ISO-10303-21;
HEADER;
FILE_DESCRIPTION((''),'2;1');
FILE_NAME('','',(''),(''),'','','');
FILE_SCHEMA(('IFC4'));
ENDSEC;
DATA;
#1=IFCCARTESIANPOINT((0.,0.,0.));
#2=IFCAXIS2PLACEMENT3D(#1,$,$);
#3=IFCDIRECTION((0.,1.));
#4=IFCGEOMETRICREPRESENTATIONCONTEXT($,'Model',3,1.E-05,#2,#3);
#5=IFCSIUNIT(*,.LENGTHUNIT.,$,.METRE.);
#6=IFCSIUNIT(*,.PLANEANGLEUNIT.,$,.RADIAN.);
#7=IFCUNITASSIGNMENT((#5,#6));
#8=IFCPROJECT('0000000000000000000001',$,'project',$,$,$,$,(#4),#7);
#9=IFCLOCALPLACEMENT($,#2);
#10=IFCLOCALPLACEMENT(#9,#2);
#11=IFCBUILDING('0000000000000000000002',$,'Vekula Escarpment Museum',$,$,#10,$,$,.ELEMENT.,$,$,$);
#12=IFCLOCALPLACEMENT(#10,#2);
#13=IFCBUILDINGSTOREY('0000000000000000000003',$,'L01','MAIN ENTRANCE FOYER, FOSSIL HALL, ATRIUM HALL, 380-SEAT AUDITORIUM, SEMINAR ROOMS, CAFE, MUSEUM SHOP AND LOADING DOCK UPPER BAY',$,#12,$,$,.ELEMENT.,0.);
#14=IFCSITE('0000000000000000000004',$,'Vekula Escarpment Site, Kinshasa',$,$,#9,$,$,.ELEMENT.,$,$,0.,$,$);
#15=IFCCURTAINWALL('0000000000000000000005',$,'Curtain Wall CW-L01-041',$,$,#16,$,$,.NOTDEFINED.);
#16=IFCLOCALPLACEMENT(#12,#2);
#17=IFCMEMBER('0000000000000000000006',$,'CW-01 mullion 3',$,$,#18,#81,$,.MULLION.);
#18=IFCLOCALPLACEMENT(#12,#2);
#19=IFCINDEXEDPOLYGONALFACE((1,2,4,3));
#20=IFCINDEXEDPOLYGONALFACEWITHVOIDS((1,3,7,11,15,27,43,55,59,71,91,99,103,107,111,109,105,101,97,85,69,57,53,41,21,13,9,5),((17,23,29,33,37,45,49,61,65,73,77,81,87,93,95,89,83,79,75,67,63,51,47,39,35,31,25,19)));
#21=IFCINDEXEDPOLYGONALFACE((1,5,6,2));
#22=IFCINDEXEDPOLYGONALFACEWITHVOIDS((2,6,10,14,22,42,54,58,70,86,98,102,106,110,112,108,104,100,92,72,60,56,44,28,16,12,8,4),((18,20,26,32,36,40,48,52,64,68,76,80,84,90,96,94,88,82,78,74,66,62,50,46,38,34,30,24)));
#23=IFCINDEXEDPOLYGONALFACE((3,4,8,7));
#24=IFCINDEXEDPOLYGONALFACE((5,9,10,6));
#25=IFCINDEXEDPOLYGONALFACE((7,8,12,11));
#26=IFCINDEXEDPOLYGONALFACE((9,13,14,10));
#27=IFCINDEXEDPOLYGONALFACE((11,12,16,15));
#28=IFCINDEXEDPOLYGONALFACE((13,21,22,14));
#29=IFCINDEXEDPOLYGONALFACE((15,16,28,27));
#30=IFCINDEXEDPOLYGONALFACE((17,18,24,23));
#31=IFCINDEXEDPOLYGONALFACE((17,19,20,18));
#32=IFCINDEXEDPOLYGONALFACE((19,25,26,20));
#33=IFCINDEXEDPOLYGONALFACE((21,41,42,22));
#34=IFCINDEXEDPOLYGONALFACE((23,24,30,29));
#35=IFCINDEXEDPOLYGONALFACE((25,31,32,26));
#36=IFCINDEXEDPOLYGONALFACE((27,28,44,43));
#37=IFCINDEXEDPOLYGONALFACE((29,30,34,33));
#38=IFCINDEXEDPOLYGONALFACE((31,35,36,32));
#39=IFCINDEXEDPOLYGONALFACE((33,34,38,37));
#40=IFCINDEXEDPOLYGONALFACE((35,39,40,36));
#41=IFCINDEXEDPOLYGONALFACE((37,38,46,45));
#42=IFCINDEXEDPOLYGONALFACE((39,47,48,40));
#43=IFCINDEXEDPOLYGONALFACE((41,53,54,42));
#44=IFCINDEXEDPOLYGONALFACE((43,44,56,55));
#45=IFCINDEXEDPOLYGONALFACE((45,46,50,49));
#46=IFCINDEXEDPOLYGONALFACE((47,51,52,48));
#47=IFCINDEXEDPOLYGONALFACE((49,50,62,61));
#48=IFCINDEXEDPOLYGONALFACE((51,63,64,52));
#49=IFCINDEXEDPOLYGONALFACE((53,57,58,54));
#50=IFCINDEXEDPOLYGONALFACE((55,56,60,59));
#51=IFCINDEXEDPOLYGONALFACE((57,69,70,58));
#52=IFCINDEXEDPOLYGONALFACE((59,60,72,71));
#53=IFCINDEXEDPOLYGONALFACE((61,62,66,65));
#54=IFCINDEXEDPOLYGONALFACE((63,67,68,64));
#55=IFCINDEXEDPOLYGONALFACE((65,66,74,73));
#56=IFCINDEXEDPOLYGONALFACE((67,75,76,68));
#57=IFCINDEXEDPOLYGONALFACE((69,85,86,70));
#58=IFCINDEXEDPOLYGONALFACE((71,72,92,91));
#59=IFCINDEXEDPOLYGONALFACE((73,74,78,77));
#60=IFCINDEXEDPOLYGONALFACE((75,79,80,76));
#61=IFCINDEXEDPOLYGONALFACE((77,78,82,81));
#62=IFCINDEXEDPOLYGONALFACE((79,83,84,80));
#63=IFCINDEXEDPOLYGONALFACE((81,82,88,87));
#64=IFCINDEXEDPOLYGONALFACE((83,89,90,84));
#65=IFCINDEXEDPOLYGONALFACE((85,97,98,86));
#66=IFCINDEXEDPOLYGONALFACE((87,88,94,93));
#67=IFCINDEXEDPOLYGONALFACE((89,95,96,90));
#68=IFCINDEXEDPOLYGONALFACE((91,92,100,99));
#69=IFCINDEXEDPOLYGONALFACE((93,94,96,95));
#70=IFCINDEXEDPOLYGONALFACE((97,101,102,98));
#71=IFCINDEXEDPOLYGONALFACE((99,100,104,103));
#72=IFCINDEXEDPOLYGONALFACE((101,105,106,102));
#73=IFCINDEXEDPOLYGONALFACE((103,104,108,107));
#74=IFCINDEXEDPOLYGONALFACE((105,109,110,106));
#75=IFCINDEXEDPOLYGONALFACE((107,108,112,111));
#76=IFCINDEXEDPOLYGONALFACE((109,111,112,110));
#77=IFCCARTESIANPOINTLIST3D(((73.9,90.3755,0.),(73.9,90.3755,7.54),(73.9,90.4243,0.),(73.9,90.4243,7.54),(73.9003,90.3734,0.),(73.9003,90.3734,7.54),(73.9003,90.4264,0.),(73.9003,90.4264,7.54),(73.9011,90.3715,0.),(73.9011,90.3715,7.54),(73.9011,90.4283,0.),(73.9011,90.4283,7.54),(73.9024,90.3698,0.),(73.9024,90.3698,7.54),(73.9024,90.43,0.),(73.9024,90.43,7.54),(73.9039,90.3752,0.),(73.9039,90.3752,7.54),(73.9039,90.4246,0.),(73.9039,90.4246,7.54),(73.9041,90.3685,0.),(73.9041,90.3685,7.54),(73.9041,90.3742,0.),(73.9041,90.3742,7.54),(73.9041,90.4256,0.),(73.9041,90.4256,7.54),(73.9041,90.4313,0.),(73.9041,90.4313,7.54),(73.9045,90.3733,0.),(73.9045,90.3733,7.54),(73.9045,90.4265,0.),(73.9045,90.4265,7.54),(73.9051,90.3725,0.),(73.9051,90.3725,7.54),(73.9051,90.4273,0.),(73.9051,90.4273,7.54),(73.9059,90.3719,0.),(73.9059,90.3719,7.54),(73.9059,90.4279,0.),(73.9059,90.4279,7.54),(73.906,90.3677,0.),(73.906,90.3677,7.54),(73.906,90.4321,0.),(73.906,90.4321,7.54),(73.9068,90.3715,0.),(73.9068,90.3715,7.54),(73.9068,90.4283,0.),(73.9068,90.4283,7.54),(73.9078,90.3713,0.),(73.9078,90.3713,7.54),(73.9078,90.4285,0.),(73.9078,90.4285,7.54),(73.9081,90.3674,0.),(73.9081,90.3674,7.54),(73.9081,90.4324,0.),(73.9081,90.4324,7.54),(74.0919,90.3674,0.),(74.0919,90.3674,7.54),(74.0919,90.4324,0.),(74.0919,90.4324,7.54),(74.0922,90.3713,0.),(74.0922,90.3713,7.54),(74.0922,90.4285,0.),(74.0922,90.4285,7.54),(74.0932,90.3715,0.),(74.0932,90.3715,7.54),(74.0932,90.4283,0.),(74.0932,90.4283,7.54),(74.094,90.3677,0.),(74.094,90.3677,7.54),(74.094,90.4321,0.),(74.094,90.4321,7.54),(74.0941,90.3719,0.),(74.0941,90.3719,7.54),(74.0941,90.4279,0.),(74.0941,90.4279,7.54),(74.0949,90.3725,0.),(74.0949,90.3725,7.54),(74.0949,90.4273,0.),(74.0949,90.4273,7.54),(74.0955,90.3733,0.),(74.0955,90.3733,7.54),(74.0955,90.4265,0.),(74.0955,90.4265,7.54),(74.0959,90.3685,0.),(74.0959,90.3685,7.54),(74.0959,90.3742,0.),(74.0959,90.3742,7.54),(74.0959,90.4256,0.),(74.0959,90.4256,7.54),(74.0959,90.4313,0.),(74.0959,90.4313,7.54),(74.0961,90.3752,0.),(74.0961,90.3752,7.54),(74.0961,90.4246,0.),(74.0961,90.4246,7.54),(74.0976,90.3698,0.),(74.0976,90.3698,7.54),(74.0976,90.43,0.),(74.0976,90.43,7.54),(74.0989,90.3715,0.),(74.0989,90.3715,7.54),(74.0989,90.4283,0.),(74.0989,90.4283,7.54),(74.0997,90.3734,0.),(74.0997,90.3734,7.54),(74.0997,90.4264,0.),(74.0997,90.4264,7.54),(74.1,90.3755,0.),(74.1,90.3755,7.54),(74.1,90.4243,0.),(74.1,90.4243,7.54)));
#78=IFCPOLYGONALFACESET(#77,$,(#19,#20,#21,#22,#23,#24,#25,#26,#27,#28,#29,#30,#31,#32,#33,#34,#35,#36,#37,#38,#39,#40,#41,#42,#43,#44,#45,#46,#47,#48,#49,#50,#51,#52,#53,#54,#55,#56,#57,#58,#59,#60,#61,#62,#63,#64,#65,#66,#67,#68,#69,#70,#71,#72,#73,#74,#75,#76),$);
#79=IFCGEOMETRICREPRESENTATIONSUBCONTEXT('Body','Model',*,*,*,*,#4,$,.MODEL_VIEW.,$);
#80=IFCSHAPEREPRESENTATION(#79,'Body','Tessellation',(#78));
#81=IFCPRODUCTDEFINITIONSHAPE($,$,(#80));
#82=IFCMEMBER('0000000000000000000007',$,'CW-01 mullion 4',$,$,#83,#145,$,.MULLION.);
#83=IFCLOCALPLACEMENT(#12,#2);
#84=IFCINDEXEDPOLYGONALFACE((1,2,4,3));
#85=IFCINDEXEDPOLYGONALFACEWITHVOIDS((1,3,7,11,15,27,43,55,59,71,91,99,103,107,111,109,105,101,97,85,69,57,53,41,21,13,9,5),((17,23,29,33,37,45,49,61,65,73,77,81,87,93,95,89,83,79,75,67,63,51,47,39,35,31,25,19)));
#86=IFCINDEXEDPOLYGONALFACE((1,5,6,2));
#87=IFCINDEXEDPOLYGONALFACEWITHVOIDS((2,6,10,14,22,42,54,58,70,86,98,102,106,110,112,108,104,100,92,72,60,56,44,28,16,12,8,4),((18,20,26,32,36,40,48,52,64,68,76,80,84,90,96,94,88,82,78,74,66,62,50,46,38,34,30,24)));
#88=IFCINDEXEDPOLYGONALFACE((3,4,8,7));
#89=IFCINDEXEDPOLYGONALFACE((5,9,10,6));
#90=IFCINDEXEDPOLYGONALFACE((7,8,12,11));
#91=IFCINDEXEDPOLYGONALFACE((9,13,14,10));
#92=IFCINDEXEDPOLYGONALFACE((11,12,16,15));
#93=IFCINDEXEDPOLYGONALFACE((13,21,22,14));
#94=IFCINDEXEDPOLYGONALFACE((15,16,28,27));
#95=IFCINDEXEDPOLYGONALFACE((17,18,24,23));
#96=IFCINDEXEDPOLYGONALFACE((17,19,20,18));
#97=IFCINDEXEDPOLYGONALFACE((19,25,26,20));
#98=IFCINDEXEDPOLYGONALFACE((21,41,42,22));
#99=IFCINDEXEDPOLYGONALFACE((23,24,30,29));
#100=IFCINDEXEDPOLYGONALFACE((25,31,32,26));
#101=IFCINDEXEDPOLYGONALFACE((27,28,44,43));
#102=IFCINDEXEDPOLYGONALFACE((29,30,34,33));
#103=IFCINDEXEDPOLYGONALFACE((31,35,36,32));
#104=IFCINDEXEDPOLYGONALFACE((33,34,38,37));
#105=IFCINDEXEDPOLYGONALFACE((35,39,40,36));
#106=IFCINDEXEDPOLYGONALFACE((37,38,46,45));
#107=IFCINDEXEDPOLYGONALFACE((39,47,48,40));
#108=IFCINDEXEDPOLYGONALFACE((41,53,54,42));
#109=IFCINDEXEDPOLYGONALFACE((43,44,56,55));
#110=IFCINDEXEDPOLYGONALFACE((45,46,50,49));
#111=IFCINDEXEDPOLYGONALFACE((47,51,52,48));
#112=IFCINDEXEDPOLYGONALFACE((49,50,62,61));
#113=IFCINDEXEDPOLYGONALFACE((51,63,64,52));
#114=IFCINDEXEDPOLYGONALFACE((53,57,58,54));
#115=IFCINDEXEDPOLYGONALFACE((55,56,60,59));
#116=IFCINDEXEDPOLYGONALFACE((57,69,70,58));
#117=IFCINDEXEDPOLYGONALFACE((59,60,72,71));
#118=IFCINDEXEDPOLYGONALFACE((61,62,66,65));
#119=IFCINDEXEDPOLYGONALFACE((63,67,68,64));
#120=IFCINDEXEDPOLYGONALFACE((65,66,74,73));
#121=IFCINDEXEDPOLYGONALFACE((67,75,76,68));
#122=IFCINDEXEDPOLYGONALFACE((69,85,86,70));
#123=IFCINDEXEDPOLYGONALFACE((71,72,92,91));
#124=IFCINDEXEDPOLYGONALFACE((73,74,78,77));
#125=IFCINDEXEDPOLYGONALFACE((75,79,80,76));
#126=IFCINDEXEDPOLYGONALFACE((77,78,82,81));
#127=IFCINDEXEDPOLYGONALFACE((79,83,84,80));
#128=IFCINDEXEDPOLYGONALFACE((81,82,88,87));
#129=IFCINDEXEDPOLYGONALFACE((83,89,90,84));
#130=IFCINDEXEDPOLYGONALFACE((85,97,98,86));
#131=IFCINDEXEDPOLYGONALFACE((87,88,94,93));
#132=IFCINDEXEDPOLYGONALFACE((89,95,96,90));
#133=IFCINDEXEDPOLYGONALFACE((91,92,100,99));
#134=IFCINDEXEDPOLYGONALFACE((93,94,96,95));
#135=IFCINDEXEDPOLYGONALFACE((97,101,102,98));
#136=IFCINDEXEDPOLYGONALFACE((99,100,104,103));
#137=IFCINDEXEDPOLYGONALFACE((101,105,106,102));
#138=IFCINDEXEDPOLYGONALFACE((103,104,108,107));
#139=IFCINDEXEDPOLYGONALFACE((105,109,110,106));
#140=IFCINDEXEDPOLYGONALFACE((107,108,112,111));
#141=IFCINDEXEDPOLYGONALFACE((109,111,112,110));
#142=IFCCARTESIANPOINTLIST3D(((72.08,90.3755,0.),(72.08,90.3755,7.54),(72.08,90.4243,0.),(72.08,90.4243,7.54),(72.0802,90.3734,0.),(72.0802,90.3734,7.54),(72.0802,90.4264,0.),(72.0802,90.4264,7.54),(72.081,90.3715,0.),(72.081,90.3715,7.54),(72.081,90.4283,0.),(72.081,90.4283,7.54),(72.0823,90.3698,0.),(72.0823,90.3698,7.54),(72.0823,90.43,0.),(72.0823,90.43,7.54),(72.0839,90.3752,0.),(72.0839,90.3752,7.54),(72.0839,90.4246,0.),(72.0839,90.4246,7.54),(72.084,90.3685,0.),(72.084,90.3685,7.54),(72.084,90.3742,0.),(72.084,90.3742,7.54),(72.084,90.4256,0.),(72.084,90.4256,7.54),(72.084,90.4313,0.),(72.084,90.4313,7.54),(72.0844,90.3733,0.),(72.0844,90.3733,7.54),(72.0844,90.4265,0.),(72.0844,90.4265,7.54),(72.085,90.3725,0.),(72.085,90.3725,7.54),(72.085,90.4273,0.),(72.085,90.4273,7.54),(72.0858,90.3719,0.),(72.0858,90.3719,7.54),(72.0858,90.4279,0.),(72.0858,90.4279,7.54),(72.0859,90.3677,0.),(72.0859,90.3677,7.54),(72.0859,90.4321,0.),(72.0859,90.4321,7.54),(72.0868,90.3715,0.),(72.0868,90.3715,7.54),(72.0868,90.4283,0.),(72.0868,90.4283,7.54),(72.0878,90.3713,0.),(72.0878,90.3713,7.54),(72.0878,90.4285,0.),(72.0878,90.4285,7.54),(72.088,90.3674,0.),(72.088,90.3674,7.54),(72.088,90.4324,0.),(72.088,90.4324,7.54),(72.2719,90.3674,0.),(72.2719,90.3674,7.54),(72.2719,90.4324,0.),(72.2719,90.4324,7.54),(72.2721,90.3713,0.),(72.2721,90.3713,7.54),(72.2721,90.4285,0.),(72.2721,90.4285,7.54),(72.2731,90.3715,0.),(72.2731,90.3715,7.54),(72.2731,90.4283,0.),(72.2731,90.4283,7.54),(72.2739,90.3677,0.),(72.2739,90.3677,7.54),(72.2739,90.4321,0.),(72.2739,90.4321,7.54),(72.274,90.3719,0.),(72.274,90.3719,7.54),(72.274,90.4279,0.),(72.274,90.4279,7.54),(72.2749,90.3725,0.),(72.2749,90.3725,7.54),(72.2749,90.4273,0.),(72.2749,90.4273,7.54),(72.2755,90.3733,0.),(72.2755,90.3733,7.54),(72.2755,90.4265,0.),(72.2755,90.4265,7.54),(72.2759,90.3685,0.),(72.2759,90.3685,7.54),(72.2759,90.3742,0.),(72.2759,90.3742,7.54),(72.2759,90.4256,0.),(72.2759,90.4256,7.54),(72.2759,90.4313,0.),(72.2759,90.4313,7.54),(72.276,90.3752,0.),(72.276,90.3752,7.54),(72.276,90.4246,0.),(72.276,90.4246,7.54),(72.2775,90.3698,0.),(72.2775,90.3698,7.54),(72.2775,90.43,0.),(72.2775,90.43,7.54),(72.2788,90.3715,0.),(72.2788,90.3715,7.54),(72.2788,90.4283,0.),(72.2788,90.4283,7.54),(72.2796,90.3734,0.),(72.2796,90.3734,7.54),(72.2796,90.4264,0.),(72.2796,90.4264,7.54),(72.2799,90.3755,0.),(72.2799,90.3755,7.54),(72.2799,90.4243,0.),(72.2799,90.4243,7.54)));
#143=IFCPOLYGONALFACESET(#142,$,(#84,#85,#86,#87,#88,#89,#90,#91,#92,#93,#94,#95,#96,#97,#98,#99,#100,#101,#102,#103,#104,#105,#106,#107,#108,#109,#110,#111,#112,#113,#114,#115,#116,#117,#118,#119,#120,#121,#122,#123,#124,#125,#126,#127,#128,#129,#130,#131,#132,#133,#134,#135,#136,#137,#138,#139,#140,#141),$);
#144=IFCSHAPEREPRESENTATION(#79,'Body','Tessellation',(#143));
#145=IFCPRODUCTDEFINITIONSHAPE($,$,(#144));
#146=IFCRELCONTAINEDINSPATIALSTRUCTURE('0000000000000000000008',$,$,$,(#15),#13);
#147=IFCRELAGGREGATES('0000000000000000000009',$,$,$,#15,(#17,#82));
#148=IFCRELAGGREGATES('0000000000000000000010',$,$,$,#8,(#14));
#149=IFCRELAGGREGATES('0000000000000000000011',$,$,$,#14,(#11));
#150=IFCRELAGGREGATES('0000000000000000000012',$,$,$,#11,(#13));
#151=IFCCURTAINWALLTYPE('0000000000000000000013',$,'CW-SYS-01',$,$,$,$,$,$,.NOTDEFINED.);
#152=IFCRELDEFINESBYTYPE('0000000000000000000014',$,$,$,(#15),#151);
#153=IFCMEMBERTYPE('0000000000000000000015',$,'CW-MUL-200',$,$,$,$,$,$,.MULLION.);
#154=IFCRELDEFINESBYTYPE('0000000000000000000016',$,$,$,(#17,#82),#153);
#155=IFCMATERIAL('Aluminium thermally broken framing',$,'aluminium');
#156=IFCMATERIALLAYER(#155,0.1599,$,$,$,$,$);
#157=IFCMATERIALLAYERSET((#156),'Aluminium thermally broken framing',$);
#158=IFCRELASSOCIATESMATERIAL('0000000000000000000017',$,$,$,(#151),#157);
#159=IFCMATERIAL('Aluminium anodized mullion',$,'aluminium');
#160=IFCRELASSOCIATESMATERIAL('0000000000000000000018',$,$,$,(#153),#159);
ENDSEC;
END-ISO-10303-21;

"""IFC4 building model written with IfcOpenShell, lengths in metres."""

from ifc_helpers import new_model, si_unit, direction, frame, origin, origin_2d, place, context, subcontext, project, spatial, hollow_rectangle, extrude, material, layer, layer_set, material_profile, profile_set, type_object, element, aggregate, save


model = new_model("IFC4")

# Units and contexts
model_context = context("Model", 3, precision=1e-05, world=origin(), true_north=direction((0.0, 1.0)))
body_context = subcontext(model_context, "Body", "Model", "MODEL_VIEW")
ifc_project = project(units=[si_unit("LENGTHUNIT", "METRE"), si_unit("PLANEANGLEUNIT", "RADIAN")], contexts=[model_context])

# Site, building, storey
site_placement = place(None, origin())
site = spatial("IfcSite", under=ifc_project, at=site_placement, Name="Vekula Escarpment Site, Kinshasa", CompositionType="ELEMENT", RefElevation=0.0)
building_placement = place(site_placement, origin())
building = spatial("IfcBuilding", under=site, at=building_placement, Name="Vekula Escarpment Museum", CompositionType="ELEMENT")
storey_placement = place(building_placement, origin())
storey = spatial("IfcBuildingStorey", under=building, at=storey_placement, Name="L01", Description="MAIN ENTRANCE FOYER, FOSSIL HALL, ATRIUM HALL, 380-SEAT AUDITORIUM, SEMINAR ROOMS, CAFE, MUSEUM SHOP AND LOADING DOCK UPPER BAY", CompositionType="ELEMENT", Elevation=0.0)

# Curtain wall, members
ifc_material_1 = material(Name="Aluminium thermally broken framing", Category="aluminium")
ifc_layer_1 = layer(ifc_material_1, 0.1599)
ifc_layer_set_1 = layer_set([ifc_layer_1], Name="Aluminium thermally broken framing")
curtain_wall_type = type_object("IfcCurtainWallType", Name="CW-SYS-01", PredefinedType="NOTDEFINED", material=ifc_layer_set_1)
curtain_wall_placement = place(storey_placement, origin())
curtain_wall = element("IfcCurtainWall", 1, at=curtain_wall_placement, inside=storey, type_object=curtain_wall_type, Name="Curtain Wall CW-L01-041", PredefinedType="NOTDEFINED")
ifc_material_2 = material(Name="Aluminium anodized mullion", Category="aluminium")
ifc_material_profile_1 = material_profile(ifc_material_2, hollow_rectangle(XDim=0.0649, YDim=0.2, WallThickness=0.0039, InnerFilletRadius=0.0039, OuterFilletRadius=0.0081, at=origin_2d()), Name="ALU 200x65x4")
ifc_profile_set_1 = profile_set([ifc_material_profile_1], Name="Aluminium anodized mullion")
member_type_1 = type_object("IfcMemberType", Name="CW-MUL-200", PredefinedType="MULLION", material=ifc_profile_set_1)
member_1_placement = place(storey_placement, frame((74.0, 90.3999, 0.0), z_axis=(0.0, 0.0, 1.0), x_axis=(0.0, -1.0, 0.0)))
member_1 = element("IfcMember", 2, at=member_1_placement, type_object=member_type_1, Name="CW-01 mullion 3", PredefinedType="MULLION", context=body_context, shape_type="SweptSolid", body=[
    extrude(hollow_rectangle(XDim=0.0649, YDim=0.2, WallThickness=0.0039, InnerFilletRadius=0.0039, OuterFilletRadius=0.0081, at=origin_2d()), origin(), (0.0, 0.0, 1.0), 7.54),
])
member_2_placement = place(storey_placement, frame((72.1799, 90.3999, 0.0), z_axis=(0.0, 0.0, 1.0), x_axis=(0.0, -1.0, 0.0)))
member_2 = element("IfcMember", 3, at=member_2_placement, type_object=member_type_1, Name="CW-01 mullion 4", PredefinedType="MULLION", context=body_context, shape_type="SweptSolid", body=[
    extrude(hollow_rectangle(XDim=0.0649, YDim=0.2, WallThickness=0.0039, InnerFilletRadius=0.0039, OuterFilletRadius=0.0081, at=origin_2d()), origin(), (0.0, 0.0, 1.0), 7.54),
])

aggregate(curtain_wall, [member_1, member_2])

save(model, "model.ifc")
